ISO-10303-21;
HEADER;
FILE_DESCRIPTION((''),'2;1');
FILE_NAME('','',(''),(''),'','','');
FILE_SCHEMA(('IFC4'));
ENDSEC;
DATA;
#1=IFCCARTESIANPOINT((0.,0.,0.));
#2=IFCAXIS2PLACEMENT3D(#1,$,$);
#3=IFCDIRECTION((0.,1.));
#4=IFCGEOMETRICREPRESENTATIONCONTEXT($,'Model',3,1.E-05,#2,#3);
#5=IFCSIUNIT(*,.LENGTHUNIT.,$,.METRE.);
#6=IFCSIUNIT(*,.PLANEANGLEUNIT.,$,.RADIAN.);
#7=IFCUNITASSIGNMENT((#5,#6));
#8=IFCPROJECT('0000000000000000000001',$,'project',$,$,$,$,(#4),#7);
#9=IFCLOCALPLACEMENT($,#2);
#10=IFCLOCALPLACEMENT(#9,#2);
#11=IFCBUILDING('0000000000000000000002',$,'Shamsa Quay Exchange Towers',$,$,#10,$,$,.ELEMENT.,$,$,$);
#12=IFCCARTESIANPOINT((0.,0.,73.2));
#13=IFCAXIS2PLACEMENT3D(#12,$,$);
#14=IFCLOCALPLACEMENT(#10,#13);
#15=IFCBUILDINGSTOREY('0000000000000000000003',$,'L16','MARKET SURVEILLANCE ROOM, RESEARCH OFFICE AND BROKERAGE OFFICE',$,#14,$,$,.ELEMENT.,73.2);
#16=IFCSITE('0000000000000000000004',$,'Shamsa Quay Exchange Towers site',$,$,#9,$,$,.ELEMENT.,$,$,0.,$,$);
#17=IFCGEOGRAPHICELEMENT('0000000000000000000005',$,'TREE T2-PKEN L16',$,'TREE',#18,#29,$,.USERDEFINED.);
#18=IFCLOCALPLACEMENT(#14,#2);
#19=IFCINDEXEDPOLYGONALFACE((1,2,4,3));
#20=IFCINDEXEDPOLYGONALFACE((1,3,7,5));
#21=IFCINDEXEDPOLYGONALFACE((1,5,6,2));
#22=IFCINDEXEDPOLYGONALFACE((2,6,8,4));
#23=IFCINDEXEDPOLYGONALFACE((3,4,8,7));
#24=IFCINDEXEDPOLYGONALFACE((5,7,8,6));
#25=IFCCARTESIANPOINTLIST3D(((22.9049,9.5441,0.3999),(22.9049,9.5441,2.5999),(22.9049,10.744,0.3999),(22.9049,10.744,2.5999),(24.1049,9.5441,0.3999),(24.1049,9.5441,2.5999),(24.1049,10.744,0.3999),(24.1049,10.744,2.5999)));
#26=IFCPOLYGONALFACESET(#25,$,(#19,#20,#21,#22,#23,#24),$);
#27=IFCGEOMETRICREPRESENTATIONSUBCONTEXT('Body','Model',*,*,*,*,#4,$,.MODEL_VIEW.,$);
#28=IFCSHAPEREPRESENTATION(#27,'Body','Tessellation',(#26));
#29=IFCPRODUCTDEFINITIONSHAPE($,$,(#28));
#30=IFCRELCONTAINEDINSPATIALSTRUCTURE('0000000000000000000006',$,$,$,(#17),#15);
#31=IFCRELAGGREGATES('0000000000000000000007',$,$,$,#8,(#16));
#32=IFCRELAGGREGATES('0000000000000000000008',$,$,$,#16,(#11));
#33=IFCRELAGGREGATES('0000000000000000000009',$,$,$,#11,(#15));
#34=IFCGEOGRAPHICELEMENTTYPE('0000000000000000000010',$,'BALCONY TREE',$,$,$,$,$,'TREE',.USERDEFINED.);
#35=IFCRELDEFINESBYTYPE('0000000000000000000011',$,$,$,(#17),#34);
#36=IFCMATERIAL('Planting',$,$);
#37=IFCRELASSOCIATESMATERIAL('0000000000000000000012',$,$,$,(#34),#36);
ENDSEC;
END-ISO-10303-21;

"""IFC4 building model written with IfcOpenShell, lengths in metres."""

from ifc_helpers import new_model, si_unit, direction, frame, origin, origin_2d, place, context, subcontext, project, spatial, rectangle, extrude, material, type_object, element, save


model = new_model("IFC4")

# Units and contexts
model_context = context("Model", 3, precision=1e-05, world=origin(), true_north=direction((0.0, 1.0)))
body_context = subcontext(model_context, "Body", "Model", "MODEL_VIEW")
ifc_project = project(units=[si_unit("LENGTHUNIT", "METRE"), si_unit("PLANEANGLEUNIT", "RADIAN")], contexts=[model_context])

# Site, building, storey
site_placement = place(None, origin())
site = spatial("IfcSite", under=ifc_project, at=site_placement, Name="Shamsa Quay Exchange Towers site", CompositionType="ELEMENT", RefElevation=0.0)
building_placement = place(site_placement, origin())
building = spatial("IfcBuilding", under=site, at=building_placement, Name="Shamsa Quay Exchange Towers", CompositionType="ELEMENT")
storey_placement = place(building_placement, frame((0.0, 0.0, 73.2)))
storey = spatial("IfcBuildingStorey", under=building, at=storey_placement, Name="L16", Description="MARKET SURVEILLANCE ROOM, RESEARCH OFFICE AND BROKERAGE OFFICE", CompositionType="ELEMENT", Elevation=73.2)

# Geographic element
ifc_material_1 = material(Name="Planting")
geographic_element_type = type_object("IfcGeographicElementType", Name="BALCONY TREE", ElementType="TREE", PredefinedType="USERDEFINED", material=ifc_material_1)
geographic_element_placement = place(storey_placement, frame((23.5049, 10.144, 0.3999), z_axis=(0.0, 0.0, 1.0), x_axis=(0.0, -1.0, 0.0)))
element("IfcGeographicElement", 1, at=geographic_element_placement, inside=storey, type_object=geographic_element_type, Name="TREE T2-PKEN L16", ObjectType="TREE", PredefinedType="USERDEFINED", context=body_context, shape_type="SweptSolid", body=[
    extrude(rectangle(XDim=1.2, YDim=1.2, at=origin_2d()), origin(), (0.0, 0.0, 1.0), 2.2),
])

save(model, "model.ifc")
